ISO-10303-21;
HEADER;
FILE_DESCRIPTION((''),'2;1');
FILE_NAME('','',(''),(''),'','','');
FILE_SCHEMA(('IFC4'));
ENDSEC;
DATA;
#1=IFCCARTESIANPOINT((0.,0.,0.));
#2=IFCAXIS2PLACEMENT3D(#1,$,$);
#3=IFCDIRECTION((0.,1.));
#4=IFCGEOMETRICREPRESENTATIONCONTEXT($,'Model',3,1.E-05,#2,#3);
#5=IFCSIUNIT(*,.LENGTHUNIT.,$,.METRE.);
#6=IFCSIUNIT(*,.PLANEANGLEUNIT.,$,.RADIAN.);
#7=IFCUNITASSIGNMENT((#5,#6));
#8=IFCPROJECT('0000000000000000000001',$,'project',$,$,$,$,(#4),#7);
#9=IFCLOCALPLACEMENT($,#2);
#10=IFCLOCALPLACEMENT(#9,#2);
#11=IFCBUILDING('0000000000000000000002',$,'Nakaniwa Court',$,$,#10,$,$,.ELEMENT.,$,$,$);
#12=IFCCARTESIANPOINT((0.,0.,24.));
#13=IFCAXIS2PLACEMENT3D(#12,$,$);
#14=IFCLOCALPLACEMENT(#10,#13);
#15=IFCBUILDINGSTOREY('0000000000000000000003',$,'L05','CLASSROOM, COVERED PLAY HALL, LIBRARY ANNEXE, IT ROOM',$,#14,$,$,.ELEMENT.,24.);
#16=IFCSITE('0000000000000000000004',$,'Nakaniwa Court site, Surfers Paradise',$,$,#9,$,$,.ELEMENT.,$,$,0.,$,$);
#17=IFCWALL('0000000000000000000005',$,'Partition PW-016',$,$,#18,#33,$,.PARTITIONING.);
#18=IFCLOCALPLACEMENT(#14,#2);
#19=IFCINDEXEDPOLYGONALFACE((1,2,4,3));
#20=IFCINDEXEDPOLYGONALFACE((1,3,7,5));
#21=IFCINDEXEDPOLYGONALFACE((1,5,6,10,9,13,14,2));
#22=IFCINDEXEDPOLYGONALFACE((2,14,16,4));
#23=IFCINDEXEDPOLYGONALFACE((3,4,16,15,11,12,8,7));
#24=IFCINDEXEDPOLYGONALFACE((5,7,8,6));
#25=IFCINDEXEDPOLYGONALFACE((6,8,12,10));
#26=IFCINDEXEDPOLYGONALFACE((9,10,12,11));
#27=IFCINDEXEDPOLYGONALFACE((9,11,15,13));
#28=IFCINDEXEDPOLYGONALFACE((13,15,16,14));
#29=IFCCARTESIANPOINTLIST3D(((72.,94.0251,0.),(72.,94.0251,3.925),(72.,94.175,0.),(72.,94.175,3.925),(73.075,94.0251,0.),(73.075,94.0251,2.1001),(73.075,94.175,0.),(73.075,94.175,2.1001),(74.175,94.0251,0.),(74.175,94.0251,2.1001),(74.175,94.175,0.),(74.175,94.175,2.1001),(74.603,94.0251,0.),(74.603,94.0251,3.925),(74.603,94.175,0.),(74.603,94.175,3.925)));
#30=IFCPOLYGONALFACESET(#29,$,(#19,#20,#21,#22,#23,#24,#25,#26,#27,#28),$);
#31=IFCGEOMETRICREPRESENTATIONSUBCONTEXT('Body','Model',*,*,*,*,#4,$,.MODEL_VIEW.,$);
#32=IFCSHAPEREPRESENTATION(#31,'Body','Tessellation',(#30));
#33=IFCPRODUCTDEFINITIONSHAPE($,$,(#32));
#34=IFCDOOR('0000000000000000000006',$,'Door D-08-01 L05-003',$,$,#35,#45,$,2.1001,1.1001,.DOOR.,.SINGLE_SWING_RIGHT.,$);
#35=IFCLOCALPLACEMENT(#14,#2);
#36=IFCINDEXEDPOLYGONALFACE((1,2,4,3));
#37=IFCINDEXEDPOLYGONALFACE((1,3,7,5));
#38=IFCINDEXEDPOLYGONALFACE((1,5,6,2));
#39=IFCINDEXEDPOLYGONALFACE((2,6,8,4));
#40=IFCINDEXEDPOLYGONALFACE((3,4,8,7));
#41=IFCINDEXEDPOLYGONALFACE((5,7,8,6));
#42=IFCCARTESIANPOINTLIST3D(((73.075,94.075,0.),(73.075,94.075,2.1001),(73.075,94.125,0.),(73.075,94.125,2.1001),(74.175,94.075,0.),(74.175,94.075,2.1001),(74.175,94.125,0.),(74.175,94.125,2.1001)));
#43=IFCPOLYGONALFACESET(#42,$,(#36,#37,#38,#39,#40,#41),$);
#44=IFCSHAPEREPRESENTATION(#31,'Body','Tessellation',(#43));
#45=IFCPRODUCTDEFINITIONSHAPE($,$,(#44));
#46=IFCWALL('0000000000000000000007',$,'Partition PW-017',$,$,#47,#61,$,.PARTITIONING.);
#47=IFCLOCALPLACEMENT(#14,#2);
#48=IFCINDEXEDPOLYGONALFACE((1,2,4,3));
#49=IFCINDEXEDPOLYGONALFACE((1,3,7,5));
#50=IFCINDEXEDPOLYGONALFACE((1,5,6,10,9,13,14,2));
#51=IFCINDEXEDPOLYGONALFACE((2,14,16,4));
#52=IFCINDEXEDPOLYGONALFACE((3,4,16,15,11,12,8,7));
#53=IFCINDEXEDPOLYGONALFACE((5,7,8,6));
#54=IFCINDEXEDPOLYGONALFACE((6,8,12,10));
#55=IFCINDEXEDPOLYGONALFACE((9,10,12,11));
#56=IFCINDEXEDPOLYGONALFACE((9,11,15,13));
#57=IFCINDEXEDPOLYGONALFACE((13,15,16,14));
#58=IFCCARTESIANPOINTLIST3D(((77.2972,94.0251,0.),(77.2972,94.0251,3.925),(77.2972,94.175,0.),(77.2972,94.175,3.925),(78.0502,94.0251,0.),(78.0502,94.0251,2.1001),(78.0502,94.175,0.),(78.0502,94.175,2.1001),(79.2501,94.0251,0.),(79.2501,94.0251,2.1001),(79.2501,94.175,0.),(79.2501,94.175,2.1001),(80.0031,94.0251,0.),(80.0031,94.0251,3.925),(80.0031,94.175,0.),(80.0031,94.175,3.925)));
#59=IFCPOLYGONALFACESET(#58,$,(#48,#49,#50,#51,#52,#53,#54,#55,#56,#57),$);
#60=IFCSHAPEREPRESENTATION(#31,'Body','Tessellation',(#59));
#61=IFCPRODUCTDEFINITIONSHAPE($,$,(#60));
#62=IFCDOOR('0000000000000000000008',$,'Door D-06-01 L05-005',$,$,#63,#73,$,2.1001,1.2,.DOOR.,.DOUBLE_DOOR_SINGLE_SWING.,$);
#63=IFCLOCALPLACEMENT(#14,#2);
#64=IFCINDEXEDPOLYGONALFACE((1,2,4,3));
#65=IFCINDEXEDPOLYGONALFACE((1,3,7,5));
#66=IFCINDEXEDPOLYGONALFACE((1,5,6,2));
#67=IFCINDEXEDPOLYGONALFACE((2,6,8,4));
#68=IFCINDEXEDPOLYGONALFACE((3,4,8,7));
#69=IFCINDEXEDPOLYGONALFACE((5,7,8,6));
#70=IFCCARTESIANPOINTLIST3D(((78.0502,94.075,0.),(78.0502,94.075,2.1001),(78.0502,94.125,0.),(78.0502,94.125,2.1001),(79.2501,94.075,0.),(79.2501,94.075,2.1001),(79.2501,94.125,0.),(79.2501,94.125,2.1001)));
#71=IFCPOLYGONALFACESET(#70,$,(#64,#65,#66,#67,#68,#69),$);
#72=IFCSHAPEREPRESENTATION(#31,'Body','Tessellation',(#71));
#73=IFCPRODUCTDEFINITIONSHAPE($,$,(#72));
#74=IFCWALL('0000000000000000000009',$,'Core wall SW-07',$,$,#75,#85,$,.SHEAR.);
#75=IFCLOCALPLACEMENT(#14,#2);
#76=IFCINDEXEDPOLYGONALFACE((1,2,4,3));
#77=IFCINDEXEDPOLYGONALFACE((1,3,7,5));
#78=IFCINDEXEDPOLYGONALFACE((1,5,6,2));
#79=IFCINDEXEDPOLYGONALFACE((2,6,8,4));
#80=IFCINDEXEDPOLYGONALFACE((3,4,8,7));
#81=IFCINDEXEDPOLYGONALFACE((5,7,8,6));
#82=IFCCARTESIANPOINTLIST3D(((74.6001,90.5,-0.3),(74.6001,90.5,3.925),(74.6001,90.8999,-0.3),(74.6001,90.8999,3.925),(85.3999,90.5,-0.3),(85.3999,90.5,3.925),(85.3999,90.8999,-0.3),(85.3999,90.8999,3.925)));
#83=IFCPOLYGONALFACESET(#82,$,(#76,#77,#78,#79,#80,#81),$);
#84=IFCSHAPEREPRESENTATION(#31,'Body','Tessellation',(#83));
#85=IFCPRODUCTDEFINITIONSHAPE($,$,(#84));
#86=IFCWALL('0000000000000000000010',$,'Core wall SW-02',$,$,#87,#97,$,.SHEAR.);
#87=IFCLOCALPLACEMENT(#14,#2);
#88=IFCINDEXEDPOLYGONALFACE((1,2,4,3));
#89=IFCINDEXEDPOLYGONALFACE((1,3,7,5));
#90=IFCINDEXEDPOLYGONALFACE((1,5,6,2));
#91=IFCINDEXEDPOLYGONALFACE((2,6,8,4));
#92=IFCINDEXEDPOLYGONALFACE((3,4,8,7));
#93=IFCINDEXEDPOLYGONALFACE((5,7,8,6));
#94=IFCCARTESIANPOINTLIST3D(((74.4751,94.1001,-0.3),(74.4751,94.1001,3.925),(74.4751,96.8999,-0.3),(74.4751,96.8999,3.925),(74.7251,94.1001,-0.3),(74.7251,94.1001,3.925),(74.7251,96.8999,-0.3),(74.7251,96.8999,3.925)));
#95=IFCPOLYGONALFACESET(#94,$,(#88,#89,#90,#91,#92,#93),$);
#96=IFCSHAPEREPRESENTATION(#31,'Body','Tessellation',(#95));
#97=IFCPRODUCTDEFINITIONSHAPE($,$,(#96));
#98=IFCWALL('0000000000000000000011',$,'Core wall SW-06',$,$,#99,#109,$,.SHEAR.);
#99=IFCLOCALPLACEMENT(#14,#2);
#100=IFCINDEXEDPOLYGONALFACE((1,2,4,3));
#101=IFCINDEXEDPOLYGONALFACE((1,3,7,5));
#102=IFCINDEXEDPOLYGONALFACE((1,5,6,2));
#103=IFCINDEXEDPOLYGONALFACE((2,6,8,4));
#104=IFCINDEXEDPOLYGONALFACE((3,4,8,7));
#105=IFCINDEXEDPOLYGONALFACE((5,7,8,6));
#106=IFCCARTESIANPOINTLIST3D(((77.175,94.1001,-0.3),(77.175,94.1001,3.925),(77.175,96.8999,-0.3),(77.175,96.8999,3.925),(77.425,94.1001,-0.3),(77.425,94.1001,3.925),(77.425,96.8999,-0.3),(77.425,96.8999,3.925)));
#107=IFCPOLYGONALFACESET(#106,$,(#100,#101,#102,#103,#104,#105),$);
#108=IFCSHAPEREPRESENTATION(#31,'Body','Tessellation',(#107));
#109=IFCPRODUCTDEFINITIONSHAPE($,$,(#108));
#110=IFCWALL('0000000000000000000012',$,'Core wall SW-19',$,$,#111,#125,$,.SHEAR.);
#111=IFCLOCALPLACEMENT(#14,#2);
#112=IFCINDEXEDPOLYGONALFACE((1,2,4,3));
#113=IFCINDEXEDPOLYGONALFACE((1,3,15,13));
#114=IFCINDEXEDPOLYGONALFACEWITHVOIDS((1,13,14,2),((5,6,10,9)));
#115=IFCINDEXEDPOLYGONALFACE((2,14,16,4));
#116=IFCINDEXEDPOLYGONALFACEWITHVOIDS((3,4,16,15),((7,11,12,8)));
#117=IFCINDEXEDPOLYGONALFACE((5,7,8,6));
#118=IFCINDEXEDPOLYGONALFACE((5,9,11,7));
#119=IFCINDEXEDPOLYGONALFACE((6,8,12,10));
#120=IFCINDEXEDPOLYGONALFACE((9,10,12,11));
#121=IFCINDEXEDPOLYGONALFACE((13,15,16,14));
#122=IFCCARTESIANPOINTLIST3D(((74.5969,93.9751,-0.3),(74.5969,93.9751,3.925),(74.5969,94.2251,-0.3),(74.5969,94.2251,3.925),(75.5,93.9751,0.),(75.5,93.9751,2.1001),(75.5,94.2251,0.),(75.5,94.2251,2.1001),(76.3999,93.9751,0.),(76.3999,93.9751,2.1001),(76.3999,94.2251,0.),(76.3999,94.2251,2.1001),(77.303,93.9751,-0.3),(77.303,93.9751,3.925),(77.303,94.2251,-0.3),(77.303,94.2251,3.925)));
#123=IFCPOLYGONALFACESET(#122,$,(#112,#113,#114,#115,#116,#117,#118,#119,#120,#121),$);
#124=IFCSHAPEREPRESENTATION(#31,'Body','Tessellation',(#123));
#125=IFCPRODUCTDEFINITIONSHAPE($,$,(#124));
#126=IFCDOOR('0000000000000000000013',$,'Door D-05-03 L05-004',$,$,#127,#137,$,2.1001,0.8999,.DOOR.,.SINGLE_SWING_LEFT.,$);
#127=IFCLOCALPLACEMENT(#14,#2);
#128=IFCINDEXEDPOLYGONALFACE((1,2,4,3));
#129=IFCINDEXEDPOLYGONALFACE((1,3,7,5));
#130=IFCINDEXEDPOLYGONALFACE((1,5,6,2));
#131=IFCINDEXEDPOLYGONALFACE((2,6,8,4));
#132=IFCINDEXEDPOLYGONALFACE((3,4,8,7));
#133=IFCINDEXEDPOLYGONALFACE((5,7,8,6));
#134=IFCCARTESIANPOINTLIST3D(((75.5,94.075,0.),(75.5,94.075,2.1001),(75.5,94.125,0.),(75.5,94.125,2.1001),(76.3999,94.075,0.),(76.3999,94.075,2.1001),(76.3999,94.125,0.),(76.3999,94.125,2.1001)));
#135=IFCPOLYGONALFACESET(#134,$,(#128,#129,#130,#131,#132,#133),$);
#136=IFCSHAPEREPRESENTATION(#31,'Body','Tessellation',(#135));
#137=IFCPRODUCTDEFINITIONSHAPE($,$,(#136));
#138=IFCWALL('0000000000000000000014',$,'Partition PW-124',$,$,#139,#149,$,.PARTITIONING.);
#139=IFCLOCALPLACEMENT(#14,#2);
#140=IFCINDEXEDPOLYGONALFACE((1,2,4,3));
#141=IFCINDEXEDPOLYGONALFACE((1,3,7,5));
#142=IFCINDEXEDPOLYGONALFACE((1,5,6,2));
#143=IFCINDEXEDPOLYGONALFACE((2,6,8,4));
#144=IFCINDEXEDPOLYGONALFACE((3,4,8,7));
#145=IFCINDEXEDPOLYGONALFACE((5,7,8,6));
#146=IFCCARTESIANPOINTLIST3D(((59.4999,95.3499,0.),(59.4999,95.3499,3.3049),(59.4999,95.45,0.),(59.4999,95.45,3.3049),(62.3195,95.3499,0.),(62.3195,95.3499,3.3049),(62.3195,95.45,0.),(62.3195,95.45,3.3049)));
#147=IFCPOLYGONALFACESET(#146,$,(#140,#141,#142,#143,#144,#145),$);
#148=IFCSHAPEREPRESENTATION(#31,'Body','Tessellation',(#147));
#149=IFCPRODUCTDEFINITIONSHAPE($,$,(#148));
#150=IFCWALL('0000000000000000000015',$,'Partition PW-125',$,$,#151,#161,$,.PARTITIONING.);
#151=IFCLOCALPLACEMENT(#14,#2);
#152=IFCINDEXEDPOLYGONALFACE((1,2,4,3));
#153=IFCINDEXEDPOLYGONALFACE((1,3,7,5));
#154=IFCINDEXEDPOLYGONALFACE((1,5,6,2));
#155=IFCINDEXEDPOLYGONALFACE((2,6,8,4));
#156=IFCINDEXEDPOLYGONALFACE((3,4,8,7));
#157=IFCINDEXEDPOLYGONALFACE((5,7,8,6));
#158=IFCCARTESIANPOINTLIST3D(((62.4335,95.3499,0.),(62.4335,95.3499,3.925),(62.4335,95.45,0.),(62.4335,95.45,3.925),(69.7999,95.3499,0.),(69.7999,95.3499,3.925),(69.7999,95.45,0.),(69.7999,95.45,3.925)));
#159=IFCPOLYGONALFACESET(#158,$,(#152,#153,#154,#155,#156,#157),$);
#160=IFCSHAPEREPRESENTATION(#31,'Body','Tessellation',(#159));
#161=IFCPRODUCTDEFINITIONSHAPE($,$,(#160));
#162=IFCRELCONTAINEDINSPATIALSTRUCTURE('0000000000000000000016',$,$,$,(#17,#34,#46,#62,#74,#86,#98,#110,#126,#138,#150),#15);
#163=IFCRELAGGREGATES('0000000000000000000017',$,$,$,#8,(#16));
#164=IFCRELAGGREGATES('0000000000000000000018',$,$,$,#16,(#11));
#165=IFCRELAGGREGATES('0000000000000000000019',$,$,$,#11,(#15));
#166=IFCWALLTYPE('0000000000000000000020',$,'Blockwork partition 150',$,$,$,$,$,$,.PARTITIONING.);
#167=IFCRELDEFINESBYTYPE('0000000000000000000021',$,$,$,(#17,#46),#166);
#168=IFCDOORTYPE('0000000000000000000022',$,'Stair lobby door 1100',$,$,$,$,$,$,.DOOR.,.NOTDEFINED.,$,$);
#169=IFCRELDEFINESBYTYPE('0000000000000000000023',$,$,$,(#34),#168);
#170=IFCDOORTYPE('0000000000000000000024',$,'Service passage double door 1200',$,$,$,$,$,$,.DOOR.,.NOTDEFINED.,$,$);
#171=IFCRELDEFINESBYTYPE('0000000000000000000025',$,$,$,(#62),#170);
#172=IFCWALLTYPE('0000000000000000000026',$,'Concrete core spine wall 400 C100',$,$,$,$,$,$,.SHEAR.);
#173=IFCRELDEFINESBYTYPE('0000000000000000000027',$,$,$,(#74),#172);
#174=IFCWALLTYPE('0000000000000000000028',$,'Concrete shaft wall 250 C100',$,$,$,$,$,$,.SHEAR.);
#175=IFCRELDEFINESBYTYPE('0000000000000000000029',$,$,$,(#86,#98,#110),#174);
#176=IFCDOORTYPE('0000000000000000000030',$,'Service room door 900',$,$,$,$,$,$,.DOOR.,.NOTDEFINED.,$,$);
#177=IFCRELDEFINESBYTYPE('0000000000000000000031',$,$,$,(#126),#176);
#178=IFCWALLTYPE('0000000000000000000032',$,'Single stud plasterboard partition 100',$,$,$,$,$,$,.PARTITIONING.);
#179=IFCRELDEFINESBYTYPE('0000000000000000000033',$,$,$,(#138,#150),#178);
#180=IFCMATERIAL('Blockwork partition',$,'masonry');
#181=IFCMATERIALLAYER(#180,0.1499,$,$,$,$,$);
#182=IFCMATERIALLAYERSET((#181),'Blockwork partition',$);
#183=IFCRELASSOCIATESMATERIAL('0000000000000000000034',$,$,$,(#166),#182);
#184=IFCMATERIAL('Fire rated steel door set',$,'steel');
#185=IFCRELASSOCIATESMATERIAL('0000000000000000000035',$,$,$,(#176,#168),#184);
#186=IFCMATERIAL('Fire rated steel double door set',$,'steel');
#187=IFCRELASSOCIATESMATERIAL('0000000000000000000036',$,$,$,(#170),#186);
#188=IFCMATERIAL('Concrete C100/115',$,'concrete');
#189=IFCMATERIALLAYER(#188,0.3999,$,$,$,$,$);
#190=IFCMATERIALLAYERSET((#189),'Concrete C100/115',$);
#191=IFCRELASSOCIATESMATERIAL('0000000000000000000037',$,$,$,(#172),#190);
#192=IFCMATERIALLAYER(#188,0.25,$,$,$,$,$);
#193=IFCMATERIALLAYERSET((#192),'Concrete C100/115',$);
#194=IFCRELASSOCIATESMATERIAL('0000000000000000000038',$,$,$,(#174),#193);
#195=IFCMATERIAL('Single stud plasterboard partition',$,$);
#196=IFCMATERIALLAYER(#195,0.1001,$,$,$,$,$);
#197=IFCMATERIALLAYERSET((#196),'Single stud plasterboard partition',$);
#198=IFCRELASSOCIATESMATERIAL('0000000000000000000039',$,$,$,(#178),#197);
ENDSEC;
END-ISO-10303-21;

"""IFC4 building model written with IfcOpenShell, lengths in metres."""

from ifc_helpers import new_model, si_unit, direction, frame, frame_2d, origin, place, context, subcontext, project, spatial, rectangle, extrude, material, layer, layer_set, type_object, element, fill, save


model = new_model("IFC4")

# Units and contexts
model_context = context("Model", 3, precision=1e-05, world=origin(), true_north=direction((0.0, 1.0)))
body_context = subcontext(model_context, "Body", "Model", "MODEL_VIEW")
ifc_project = project(units=[si_unit("LENGTHUNIT", "METRE"), si_unit("PLANEANGLEUNIT", "RADIAN")], contexts=[model_context])

# Site, building, storey
site_placement = place(None, origin())
site = spatial("IfcSite", under=ifc_project, at=site_placement, Name="Nakaniwa Court site, Surfers Paradise", CompositionType="ELEMENT", RefElevation=0.0)
building_placement = place(site_placement, origin())
building = spatial("IfcBuilding", under=site, at=building_placement, Name="Nakaniwa Court", CompositionType="ELEMENT")
storey_placement = place(building_placement, frame((0.0, 0.0, 24.0)))
storey = spatial("IfcBuildingStorey", under=building, at=storey_placement, Name="L05", Description="CLASSROOM, COVERED PLAY HALL, LIBRARY ANNEXE, IT ROOM", CompositionType="ELEMENT", Elevation=24.0)

# Shared definitions
ifc_material_1 = material(Name="Concrete C100/115", Category="concrete")

# Walls, openings, doors
ifc_material_2 = material(Name="Blockwork partition", Category="masonry")
ifc_layer_1 = layer(ifc_material_2, 0.1499)
ifc_layer_set_1 = layer_set([ifc_layer_1], Name="Blockwork partition")
wall_type_1 = type_object("IfcWallType", Name="Blockwork partition 150", PredefinedType="PARTITIONING", material=ifc_layer_set_1)
ifc_material_3 = material(Name="Fire rated steel door set", Category="steel")
door_type_1 = type_object("IfcDoorType", Name="Service room door 900", OperationType="NOTDEFINED", PredefinedType="DOOR", material=ifc_material_3)
wall_1_placement = place(storey_placement, frame((72.0, 94.1001, 0.0), z_axis=(0.0, 0.0, 1.0), x_axis=(1.0, 0.0, 0.0)))
wall_1 = element("IfcWall", 1, at=wall_1_placement, inside=storey, type_object=wall_type_1, Name="Partition PW-016", PredefinedType="PARTITIONING", context=body_context, shape_type="SweptSolid", body=[
    extrude(rectangle(XDim=2.603, YDim=0.1499, at=frame_2d((1.3015, 0.0))), origin(), (0.0, 0.0, 1.0), 3.925),
])
opening_1_placement = place(wall_1_placement, frame((1.075, 0.0, 0.0)))
opening_1 = element("IfcOpeningElement", 2, at=opening_1_placement, cuts=wall_1, PredefinedType="OPENING", context=body_context, shape_type="SweptSolid", body=[
    extrude(rectangle(XDim=1.1001, YDim=2.1001, at=frame_2d((0.55, 1.05))), frame((0.0, 0.085, 0.0), z_axis=(0.0, -1.0, 0.0), x_axis=(1.0, 0.0, 0.0)), (0.0, 0.0, 1.0), 0.1699),
])
door_type_2 = type_object("IfcDoorType", Name="Stair lobby door 1100", OperationType="NOTDEFINED", PredefinedType="DOOR", material=ifc_material_3)
door_1_placement = place(opening_1_placement, origin())
door_1 = element("IfcDoor", 3, at=door_1_placement, inside=storey, type_object=door_type_2, Name="Door D-08-01 L05-003", OperationType="SINGLE_SWING_RIGHT", OverallHeight=2.1001, OverallWidth=1.1001, PredefinedType="DOOR", context=body_context, shape_type="SweptSolid", body=[
    extrude(rectangle(XDim=1.1001, YDim=2.1001, at=frame_2d((0.55, 1.05))), frame((0.0, 0.0249, 0.0), z_axis=(0.0, -1.0, 0.0), x_axis=(1.0, 0.0, 0.0)), (0.0, 0.0, 1.0), 0.05),
])
fill(opening_1, door_1)
wall_2_placement = place(storey_placement, frame((77.2971, 94.1001, 0.0), z_axis=(0.0, 0.0, 1.0), x_axis=(1.0, 0.0, 0.0)))
wall_2 = element("IfcWall", 4, at=wall_2_placement, inside=storey, type_object=wall_type_1, Name="Partition PW-017", PredefinedType="PARTITIONING", context=body_context, shape_type="SweptSolid", body=[
    extrude(rectangle(XDim=2.7058, YDim=0.1499, at=frame_2d((1.353, 0.0))), origin(), (0.0, 0.0, 1.0), 3.925),
])
opening_2_placement = place(wall_2_placement, frame((0.7529, 0.0, 0.0)))
opening_2 = element("IfcOpeningElement", 5, at=opening_2_placement, cuts=wall_2, PredefinedType="OPENING", context=body_context, shape_type="SweptSolid", body=[
    extrude(rectangle(XDim=1.2, YDim=2.1001, at=frame_2d((0.6001, 1.05))), frame((0.0, 0.085, 0.0), z_axis=(0.0, -1.0, 0.0), x_axis=(1.0, 0.0, 0.0)), (0.0, 0.0, 1.0), 0.1699),
])
ifc_material_4 = material(Name="Fire rated steel double door set", Category="steel")
door_type_3 = type_object("IfcDoorType", Name="Service passage double door 1200", OperationType="NOTDEFINED", PredefinedType="DOOR", material=ifc_material_4)
door_2_placement = place(opening_2_placement, origin())
door_2 = element("IfcDoor", 6, at=door_2_placement, inside=storey, type_object=door_type_3, Name="Door D-06-01 L05-005", OperationType="DOUBLE_DOOR_SINGLE_SWING", OverallHeight=2.1001, OverallWidth=1.2, PredefinedType="DOOR", context=body_context, shape_type="SweptSolid", body=[
    extrude(rectangle(XDim=1.2, YDim=2.1001, at=frame_2d((0.6001, 1.05))), frame((0.0, 0.0249, 0.0), z_axis=(0.0, -1.0, 0.0), x_axis=(1.0, 0.0, 0.0)), (0.0, 0.0, 1.0), 0.05),
])
fill(opening_2, door_2)

# Walls
ifc_layer_2 = layer(ifc_material_1, 0.3999)
ifc_layer_set_2 = layer_set([ifc_layer_2], Name="Concrete C100/115")
wall_type_2 = type_object("IfcWallType", Name="Concrete core spine wall 400 C100", PredefinedType="SHEAR", material=ifc_layer_set_2)
wall_3_placement = place(storey_placement, frame((74.6001, 90.7, -0.3), z_axis=(0.0, 0.0, 1.0), x_axis=(1.0, 0.0, 0.0)))
element("IfcWall", 7, at=wall_3_placement, inside=storey, type_object=wall_type_2, Name="Core wall SW-07", PredefinedType="SHEAR", context=body_context, shape_type="SweptSolid", body=[
    extrude(rectangle(XDim=10.7998, YDim=0.3999, at=frame_2d((5.3999, 0.0))), origin(), (0.0, 0.0, 1.0), 4.2251),
])
ifc_layer_3 = layer(ifc_material_1, 0.25)
ifc_layer_set_3 = layer_set([ifc_layer_3], Name="Concrete C100/115")
wall_type_3 = type_object("IfcWallType", Name="Concrete shaft wall 250 C100", PredefinedType="SHEAR", material=ifc_layer_set_3)
for number, where, z_axis, x_axis, name in (
    (8, (74.6001, 94.1001, -0.3), (0.0, 0.0, 1.0), (0.0, 1.0, 0.0), "Core wall SW-02"),
    (9, (77.3, 94.1001, -0.3), (0.0, 0.0, 1.0), (0.0, 1.0, 0.0), "Core wall SW-06"),
):
    element("IfcWall", number, at=place(storey_placement, frame(where, z_axis=z_axis, x_axis=x_axis)), inside=storey, type_object=wall_type_3, Name=name, PredefinedType="SHEAR", context=body_context, shape_type="SweptSolid", body=[
        extrude(rectangle(XDim=2.7998, YDim=0.25, at=frame_2d((1.3999, 0.0))), origin(), (0.0, 0.0, 1.0), 4.2251),
    ])

# Wall, opening, door
wall_4_placement = place(storey_placement, frame((74.5969, 94.1001, -0.3), z_axis=(0.0, 0.0, 1.0), x_axis=(1.0, 0.0, 0.0)))
wall_4 = element("IfcWall", 10, at=wall_4_placement, inside=storey, type_object=wall_type_3, Name="Core wall SW-19", PredefinedType="SHEAR", context=body_context, shape_type="SweptSolid", body=[
    extrude(rectangle(XDim=2.7061, YDim=0.25, at=frame_2d((1.353, 0.0))), origin(), (0.0, 0.0, 1.0), 4.2251),
])
opening_3_placement = place(wall_4_placement, frame((0.9031, 0.0, 0.3)))
opening_3 = element("IfcOpeningElement", 11, at=opening_3_placement, cuts=wall_4, PredefinedType="OPENING", context=body_context, shape_type="SweptSolid", body=[
    extrude(rectangle(XDim=0.8999, YDim=2.1001, at=frame_2d((0.45, 1.05))), frame((0.0, 0.135, 0.0), z_axis=(0.0, -1.0, 0.0), x_axis=(1.0, 0.0, 0.0)), (0.0, 0.0, 1.0), 0.27),
])
door_3_placement = place(opening_3_placement, origin())
door_3 = element("IfcDoor", 12, at=door_3_placement, inside=storey, type_object=door_type_1, Name="Door D-05-03 L05-004", OperationType="SINGLE_SWING_LEFT", OverallHeight=2.1001, OverallWidth=0.8999, PredefinedType="DOOR", context=body_context, shape_type="SweptSolid", body=[
    extrude(rectangle(XDim=0.8999, YDim=2.1001, at=frame_2d((0.45, 1.05))), frame((0.0, 0.0249, 0.0), z_axis=(0.0, -1.0, 0.0), x_axis=(1.0, 0.0, 0.0)), (0.0, 0.0, 1.0), 0.05),
])
fill(opening_3, door_3)

# Walls
ifc_material_5 = material(Name="Single stud plasterboard partition")
ifc_layer_4 = layer(ifc_material_5, 0.1001)
ifc_layer_set_4 = layer_set([ifc_layer_4], Name="Single stud plasterboard partition")
wall_type_4 = type_object("IfcWallType", Name="Single stud plasterboard partition 100", PredefinedType="PARTITIONING", material=ifc_layer_set_4)
wall_5_placement = place(storey_placement, frame((59.5, 95.3999, 0.0), z_axis=(0.0, 0.0, 1.0), x_axis=(1.0, 0.0, 0.0)))
element("IfcWall", 13, at=wall_5_placement, inside=storey, type_object=wall_type_4, Name="Partition PW-124", PredefinedType="PARTITIONING", context=body_context, shape_type="SweptSolid", body=[
    extrude(rectangle(XDim=2.8196, YDim=0.1001, at=frame_2d((1.4097, 0.0))), origin(), (0.0, 0.0, 1.0), 3.3049),
])
wall_6_placement = place(storey_placement, frame((62.4336, 95.3999, 0.0), z_axis=(0.0, 0.0, 1.0), x_axis=(1.0, 0.0, 0.0)))
element("IfcWall", 14, at=wall_6_placement, inside=storey, type_object=wall_type_4, Name="Partition PW-125", PredefinedType="PARTITIONING", context=body_context, shape_type="SweptSolid", body=[
    extrude(rectangle(XDim=7.3665, YDim=0.1001, at=frame_2d((3.6831, 0.0))), origin(), (0.0, 0.0, 1.0), 3.925),
])

save(model, "model.ifc")
